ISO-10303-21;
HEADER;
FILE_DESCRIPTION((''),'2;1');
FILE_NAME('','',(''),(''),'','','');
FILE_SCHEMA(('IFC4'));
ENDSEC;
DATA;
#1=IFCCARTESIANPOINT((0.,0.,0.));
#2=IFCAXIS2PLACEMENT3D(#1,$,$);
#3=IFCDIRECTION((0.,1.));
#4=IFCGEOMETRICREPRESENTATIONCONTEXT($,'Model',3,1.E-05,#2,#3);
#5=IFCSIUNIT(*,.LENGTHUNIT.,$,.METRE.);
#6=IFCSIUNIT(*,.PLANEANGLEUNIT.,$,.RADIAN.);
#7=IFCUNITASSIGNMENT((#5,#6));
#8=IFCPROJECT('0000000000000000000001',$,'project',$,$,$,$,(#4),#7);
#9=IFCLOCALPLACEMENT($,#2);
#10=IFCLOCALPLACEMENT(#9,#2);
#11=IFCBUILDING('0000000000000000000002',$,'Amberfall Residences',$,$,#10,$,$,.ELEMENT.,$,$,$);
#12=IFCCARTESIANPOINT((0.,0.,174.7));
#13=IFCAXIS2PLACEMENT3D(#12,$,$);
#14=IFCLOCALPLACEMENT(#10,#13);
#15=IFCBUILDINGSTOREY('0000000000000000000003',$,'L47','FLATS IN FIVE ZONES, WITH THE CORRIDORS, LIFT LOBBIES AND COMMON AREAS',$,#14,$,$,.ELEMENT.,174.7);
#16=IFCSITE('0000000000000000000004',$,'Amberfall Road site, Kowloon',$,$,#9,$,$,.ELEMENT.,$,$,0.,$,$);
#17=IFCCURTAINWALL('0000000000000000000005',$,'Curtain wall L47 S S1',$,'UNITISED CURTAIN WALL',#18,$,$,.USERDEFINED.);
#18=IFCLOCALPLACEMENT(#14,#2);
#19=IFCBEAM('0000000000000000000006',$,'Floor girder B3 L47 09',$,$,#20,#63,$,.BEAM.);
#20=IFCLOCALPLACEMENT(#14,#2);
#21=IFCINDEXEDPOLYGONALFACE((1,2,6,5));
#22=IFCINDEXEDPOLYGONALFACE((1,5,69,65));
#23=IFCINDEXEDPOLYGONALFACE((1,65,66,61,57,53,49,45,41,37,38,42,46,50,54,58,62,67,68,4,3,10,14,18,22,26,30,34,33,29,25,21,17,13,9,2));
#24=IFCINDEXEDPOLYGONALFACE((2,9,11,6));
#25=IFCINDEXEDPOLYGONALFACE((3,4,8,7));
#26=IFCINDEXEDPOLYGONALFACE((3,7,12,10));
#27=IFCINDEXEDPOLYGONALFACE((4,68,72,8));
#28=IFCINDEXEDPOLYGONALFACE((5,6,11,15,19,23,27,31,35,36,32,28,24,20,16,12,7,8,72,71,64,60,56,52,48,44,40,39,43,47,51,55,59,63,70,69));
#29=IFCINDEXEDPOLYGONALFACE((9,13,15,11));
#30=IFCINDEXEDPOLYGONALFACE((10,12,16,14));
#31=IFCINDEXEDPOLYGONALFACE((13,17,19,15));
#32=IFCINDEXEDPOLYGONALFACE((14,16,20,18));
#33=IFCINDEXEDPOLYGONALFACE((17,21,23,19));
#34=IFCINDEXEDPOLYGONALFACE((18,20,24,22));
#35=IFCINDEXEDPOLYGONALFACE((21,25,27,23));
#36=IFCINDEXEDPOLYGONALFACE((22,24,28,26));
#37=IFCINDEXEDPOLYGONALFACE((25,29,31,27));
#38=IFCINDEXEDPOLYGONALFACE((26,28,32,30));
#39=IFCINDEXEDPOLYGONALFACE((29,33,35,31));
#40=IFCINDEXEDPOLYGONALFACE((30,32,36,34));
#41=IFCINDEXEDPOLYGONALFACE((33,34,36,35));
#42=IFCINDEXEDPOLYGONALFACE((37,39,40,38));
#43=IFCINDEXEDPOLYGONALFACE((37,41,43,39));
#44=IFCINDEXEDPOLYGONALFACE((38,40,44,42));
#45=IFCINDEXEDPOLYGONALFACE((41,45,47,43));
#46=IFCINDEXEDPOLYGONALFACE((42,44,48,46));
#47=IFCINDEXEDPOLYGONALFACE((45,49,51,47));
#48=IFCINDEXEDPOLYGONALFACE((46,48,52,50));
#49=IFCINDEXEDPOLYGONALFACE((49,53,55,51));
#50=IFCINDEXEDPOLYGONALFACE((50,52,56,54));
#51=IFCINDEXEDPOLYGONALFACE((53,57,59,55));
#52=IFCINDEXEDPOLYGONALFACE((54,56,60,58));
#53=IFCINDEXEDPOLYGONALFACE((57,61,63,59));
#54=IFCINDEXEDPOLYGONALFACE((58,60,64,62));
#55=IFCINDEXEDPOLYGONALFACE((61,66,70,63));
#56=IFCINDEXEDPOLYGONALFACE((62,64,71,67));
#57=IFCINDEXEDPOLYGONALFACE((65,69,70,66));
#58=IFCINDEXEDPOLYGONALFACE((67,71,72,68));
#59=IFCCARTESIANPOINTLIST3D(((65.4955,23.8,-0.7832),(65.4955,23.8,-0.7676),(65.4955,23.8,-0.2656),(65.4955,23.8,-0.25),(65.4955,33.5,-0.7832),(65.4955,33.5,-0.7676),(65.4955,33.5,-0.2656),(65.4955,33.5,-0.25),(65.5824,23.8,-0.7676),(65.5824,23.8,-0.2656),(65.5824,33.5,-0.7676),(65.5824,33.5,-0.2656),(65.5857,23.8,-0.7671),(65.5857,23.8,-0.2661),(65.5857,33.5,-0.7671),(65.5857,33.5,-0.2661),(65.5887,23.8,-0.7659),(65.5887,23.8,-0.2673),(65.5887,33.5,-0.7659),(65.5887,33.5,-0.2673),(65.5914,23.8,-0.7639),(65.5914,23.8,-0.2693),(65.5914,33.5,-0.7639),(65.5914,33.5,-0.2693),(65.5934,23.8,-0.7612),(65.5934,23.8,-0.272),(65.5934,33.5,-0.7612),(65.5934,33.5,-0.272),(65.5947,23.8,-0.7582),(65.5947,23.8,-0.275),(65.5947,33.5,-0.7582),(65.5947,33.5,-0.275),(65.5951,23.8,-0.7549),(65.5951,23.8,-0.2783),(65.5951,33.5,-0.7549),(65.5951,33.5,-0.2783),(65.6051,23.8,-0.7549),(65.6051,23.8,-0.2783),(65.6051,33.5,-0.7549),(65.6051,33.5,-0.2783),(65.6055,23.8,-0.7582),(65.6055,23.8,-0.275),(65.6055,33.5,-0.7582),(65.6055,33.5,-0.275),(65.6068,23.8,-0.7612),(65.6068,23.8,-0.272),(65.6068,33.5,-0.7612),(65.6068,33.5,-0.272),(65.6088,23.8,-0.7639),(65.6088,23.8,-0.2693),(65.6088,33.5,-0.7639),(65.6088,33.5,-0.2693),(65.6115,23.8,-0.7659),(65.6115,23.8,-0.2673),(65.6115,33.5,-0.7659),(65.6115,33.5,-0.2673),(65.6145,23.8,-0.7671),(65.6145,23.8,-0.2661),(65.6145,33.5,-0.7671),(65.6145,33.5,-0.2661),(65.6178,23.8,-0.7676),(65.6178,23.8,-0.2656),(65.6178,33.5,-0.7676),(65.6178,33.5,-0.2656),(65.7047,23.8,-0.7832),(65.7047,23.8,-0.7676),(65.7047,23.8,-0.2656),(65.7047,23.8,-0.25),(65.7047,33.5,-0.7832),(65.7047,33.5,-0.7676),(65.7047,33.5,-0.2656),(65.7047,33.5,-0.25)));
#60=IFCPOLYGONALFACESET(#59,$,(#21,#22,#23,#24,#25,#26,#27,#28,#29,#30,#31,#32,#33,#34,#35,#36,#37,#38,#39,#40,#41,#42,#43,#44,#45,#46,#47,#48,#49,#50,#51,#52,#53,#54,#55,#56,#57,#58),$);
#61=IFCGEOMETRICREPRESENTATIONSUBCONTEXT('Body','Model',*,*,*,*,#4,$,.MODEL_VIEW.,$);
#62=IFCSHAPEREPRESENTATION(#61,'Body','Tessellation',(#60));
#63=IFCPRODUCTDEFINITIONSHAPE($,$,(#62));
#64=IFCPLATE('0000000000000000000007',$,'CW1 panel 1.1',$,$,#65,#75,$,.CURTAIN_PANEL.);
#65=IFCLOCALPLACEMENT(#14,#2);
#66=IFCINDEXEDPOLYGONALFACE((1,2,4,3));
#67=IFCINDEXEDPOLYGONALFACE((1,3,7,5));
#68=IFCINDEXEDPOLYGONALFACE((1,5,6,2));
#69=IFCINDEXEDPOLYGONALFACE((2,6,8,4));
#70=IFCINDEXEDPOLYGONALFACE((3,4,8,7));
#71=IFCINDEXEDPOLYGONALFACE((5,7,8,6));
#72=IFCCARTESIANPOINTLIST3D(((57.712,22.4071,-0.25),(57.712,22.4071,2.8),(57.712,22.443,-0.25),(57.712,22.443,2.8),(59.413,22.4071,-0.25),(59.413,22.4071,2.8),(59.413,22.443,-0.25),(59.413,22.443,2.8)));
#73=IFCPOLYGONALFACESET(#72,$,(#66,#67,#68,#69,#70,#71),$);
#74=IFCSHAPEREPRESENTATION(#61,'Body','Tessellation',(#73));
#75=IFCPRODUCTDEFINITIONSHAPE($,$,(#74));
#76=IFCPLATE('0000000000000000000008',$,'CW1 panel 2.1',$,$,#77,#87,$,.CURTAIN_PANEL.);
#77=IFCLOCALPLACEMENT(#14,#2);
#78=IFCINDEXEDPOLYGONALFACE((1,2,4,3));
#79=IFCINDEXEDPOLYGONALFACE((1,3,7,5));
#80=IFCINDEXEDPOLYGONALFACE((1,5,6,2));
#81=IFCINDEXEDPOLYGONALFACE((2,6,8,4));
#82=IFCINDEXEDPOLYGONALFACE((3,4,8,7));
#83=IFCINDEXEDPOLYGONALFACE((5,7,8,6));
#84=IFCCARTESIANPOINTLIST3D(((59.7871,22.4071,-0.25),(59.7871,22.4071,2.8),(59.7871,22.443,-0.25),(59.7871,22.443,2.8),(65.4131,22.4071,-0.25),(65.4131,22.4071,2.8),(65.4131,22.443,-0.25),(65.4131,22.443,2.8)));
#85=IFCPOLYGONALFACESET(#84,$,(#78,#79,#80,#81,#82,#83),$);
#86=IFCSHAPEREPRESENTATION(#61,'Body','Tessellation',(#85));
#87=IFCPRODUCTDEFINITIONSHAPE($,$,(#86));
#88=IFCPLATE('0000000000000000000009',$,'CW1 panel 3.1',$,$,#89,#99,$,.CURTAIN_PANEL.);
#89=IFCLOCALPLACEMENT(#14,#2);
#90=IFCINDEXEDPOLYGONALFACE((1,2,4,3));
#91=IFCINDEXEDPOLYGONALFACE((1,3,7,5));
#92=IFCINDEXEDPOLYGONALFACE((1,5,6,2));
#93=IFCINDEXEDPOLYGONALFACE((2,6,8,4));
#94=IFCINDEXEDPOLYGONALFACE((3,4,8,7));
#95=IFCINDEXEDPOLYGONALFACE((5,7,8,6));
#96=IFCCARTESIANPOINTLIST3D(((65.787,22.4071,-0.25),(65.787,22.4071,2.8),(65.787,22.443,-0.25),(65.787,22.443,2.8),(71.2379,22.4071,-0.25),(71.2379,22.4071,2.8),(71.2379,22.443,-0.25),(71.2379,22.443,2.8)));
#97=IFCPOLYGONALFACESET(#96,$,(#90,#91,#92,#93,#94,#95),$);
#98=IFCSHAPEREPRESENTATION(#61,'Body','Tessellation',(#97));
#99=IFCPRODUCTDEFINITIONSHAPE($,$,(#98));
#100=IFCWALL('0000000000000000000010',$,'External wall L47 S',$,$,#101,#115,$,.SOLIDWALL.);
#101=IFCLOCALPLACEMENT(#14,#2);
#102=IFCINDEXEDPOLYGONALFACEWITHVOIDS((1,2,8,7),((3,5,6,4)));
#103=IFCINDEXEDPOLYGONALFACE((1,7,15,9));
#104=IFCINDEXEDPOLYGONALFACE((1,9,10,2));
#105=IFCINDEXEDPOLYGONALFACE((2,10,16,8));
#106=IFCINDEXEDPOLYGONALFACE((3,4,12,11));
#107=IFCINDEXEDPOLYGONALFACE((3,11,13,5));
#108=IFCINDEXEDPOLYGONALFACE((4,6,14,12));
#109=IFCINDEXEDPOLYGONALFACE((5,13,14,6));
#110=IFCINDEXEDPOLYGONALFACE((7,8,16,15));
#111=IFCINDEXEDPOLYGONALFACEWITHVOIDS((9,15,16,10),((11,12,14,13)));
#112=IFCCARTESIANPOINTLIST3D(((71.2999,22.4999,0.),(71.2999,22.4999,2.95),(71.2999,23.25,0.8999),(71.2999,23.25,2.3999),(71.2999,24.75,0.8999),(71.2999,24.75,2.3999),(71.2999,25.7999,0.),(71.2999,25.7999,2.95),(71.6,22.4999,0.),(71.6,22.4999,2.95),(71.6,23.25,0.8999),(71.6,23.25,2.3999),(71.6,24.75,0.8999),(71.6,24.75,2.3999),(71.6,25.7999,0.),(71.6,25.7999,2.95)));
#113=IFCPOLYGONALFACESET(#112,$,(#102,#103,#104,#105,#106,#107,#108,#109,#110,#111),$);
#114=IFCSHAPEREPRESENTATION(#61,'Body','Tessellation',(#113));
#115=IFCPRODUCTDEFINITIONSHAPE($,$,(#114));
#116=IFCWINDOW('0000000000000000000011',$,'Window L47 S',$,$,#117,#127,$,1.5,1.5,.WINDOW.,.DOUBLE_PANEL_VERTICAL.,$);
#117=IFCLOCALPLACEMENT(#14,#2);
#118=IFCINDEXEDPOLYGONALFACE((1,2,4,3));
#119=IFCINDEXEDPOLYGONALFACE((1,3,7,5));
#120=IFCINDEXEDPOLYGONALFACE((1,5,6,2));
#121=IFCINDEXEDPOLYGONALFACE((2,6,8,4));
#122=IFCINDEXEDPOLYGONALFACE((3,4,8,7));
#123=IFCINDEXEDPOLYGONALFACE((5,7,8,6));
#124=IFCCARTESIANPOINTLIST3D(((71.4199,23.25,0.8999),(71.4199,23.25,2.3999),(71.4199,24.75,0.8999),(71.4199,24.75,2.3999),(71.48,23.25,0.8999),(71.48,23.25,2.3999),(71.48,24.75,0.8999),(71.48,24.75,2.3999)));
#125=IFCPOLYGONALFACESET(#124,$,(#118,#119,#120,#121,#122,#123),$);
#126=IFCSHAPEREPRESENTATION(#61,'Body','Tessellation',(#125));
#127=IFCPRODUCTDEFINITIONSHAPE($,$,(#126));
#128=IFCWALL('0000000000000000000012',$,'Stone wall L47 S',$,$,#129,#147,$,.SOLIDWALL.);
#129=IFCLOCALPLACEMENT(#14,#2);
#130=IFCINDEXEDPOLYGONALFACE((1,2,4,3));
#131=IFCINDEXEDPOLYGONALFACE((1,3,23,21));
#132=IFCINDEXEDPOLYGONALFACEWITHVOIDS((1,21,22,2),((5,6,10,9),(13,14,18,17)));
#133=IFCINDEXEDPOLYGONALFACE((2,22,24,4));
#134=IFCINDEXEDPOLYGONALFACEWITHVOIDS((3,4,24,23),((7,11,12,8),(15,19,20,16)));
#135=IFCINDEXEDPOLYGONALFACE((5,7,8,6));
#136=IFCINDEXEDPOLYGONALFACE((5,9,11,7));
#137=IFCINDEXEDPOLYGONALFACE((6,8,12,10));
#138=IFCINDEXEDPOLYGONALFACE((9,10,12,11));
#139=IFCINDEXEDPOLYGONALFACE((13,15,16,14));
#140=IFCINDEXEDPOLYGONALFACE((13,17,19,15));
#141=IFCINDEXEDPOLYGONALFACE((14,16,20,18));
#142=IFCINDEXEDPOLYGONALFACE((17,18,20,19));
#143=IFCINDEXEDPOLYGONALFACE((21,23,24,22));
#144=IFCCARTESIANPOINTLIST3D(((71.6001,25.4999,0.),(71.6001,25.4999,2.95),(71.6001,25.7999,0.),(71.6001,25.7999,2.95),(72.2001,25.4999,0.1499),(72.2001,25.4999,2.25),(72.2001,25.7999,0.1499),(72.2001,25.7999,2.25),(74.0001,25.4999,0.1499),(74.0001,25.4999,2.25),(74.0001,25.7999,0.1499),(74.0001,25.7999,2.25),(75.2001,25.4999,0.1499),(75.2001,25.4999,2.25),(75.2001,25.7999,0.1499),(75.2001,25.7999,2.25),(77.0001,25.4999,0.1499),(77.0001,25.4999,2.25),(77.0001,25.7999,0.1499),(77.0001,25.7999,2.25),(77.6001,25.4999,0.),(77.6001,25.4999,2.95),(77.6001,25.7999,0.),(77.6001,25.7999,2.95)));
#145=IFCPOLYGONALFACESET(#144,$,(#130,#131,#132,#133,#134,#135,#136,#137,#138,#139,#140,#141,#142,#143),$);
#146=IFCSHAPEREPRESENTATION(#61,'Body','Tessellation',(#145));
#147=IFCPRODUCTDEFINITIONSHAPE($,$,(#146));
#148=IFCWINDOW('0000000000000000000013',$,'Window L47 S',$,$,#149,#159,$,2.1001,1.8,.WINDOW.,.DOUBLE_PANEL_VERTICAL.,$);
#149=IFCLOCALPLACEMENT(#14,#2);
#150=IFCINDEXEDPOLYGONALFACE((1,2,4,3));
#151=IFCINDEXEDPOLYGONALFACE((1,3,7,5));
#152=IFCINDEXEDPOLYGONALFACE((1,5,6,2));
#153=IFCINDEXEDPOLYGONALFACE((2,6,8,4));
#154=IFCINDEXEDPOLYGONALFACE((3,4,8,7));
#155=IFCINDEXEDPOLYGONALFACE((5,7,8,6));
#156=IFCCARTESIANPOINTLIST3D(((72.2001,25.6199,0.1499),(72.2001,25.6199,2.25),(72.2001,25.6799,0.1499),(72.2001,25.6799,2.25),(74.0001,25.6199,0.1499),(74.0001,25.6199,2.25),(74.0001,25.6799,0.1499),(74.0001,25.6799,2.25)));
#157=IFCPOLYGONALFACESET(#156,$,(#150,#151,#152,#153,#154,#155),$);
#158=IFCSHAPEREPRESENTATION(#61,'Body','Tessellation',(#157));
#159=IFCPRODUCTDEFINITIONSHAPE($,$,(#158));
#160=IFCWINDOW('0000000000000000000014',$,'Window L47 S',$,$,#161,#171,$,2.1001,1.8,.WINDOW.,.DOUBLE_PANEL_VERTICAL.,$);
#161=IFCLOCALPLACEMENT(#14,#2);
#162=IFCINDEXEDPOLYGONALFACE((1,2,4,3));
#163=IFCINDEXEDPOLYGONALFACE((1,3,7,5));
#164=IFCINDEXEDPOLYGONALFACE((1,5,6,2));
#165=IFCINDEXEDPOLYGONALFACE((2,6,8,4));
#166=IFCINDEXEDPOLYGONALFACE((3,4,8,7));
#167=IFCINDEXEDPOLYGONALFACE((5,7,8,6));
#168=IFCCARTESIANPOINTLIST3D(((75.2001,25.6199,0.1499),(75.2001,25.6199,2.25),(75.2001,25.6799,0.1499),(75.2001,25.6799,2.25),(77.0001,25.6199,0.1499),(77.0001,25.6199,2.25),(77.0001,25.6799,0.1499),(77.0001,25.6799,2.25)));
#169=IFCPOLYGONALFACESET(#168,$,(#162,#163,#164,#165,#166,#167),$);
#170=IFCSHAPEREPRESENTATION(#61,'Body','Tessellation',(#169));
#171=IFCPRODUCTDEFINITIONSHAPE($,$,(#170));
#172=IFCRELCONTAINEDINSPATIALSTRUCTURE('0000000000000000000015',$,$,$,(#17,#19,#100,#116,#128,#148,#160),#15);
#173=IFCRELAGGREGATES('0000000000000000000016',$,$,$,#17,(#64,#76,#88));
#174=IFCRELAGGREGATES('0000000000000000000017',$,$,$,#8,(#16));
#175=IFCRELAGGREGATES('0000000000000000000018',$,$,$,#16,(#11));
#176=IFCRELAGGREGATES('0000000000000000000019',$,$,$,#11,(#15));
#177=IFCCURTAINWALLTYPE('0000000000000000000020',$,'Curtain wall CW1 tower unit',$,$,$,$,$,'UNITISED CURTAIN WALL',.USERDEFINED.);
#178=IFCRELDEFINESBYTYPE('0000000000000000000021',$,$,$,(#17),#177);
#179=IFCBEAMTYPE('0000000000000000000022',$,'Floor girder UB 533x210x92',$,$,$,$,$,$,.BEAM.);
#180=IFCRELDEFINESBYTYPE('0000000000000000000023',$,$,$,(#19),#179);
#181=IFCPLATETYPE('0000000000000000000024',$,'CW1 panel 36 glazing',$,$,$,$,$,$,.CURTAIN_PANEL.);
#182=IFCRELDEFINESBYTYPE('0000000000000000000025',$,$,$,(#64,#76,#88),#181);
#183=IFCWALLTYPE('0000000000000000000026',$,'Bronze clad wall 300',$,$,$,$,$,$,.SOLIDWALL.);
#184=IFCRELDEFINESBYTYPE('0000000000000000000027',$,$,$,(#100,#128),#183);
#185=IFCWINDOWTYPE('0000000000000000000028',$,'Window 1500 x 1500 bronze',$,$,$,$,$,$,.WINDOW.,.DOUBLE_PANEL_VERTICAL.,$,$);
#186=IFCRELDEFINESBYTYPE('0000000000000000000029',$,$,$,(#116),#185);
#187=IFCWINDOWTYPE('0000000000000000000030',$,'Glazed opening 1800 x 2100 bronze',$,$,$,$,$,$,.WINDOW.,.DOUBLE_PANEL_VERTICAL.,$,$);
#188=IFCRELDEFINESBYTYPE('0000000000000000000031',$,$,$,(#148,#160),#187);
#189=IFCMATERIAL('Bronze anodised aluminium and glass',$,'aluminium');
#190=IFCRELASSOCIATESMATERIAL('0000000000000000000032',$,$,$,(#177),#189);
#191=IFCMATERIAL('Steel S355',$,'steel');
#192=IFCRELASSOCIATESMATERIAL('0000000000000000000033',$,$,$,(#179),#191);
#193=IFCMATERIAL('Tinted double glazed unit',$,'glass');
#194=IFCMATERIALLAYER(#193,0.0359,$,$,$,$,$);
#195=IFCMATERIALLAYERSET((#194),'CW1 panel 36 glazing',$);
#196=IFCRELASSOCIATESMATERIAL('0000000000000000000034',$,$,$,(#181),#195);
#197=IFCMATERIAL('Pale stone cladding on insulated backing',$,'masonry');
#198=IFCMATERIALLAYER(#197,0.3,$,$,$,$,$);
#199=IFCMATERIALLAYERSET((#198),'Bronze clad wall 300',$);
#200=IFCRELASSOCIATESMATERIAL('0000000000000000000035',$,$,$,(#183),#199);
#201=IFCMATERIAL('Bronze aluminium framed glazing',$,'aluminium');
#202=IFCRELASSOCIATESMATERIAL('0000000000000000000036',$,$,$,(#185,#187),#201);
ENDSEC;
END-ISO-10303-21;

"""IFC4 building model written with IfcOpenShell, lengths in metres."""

from ifc_helpers import new_model, si_unit, direction, frame, frame_2d, origin, origin_2d, place, context, subcontext, project, spatial, rectangle, i_section, extrude, material, layer, layer_set, material_profile, profile_set, type_object, element, fill, aggregate, save


model = new_model("IFC4")

# Units and contexts
model_context = context("Model", 3, precision=1e-05, world=origin(), true_north=direction((0.0, 1.0)))
body_context = subcontext(model_context, "Body", "Model", "MODEL_VIEW")
ifc_project = project(units=[si_unit("LENGTHUNIT", "METRE"), si_unit("PLANEANGLEUNIT", "RADIAN")], contexts=[model_context])

# Site, building, storey
site_placement = place(None, origin())
site = spatial("IfcSite", under=ifc_project, at=site_placement, Name="Amberfall Road site, Kowloon", CompositionType="ELEMENT", RefElevation=0.0)
building_placement = place(site_placement, origin())
building = spatial("IfcBuilding", under=site, at=building_placement, Name="Amberfall Residences", CompositionType="ELEMENT")
storey_placement = place(building_placement, frame((0.0, 0.0, 174.7)))
storey = spatial("IfcBuildingStorey", under=building, at=storey_placement, Name="L47", Description="FLATS IN FIVE ZONES, WITH THE CORRIDORS, LIFT LOBBIES AND COMMON AREAS", CompositionType="ELEMENT", Elevation=174.7)

# Curtain wall
ifc_material_1 = material(Name="Bronze anodised aluminium and glass", Category="aluminium")
curtain_wall_type = type_object("IfcCurtainWallType", Name="Curtain wall CW1 tower unit", ElementType="UNITISED CURTAIN WALL", PredefinedType="USERDEFINED", material=ifc_material_1)
curtain_wall_placement = place(storey_placement, origin())
curtain_wall = element("IfcCurtainWall", 1, at=curtain_wall_placement, inside=storey, type_object=curtain_wall_type, Name="Curtain wall L47 S S1", ObjectType="UNITISED CURTAIN WALL", PredefinedType="USERDEFINED")

# Shared definitions
ifc_material_2 = material(Name="Steel S355", Category="steel")

# Beam
ifc_material_profile_1 = material_profile(ifc_material_2, i_section(OverallWidth=0.2092, OverallDepth=0.5332, WebThickness=0.01, FlangeThickness=0.0156, FilletRadius=0.0127, at=origin_2d()), Name="UB 533x210x92")
ifc_profile_set_1 = profile_set([ifc_material_profile_1], Name="Steel S355")
beam_type_1 = type_object("IfcBeamType", Name="Floor girder UB 533x210x92", PredefinedType="BEAM", material=ifc_profile_set_1)
beam_1_placement = place(storey_placement, frame((65.6001, 23.8, -0.5166), z_axis=(0.0, 1.0, 0.0), x_axis=(-1.0, 0.0, 0.0)))
element("IfcBeam", 2, at=beam_1_placement, inside=storey, type_object=beam_type_1, Name="Floor girder B3 L47 09", PredefinedType="BEAM", context=body_context, shape_type="SweptSolid", body=[
    extrude(i_section(OverallWidth=0.2092, OverallDepth=0.5332, WebThickness=0.01, FlangeThickness=0.0156, FilletRadius=0.0127, at=origin_2d()), origin(), (0.0, 0.0, 1.0), 9.7),
])

# Plates
ifc_material_3 = material(Name="Tinted double glazed unit", Category="glass")
ifc_layer_1 = layer(ifc_material_3, 0.0359)
ifc_layer_set_1 = layer_set([ifc_layer_1], Name="CW1 panel 36 glazing")
plate_type = type_object("IfcPlateType", Name="CW1 panel 36 glazing", PredefinedType="CURTAIN_PANEL", material=ifc_layer_set_1)
plate_1_placement = place(storey_placement, frame((58.5625, 22.425, -0.25), z_axis=(0.0, 0.0, 1.0), x_axis=(1.0, 0.0, 0.0)))
plate_1 = element("IfcPlate", 3, at=plate_1_placement, type_object=plate_type, Name="CW1 panel 1.1", PredefinedType="CURTAIN_PANEL", context=body_context, shape_type="SweptSolid", body=[
    extrude(rectangle(XDim=1.7009, YDim=0.0359, at=origin_2d()), origin(), (0.0, 0.0, 1.0), 3.05),
])
plate_2_placement = place(storey_placement, frame((62.6001, 22.425, -0.25), z_axis=(0.0, 0.0, 1.0), x_axis=(1.0, 0.0, 0.0)))
plate_2 = element("IfcPlate", 4, at=plate_2_placement, type_object=plate_type, Name="CW1 panel 2.1", PredefinedType="CURTAIN_PANEL", context=body_context, shape_type="SweptSolid", body=[
    extrude(rectangle(XDim=5.626, YDim=0.0359, at=origin_2d()), origin(), (0.0, 0.0, 1.0), 3.05),
])
plate_3_placement = place(storey_placement, frame((68.5125, 22.425, -0.25), z_axis=(0.0, 0.0, 1.0), x_axis=(1.0, 0.0, 0.0)))
plate_3 = element("IfcPlate", 5, at=plate_3_placement, type_object=plate_type, Name="CW1 panel 3.1", PredefinedType="CURTAIN_PANEL", context=body_context, shape_type="SweptSolid", body=[
    extrude(rectangle(XDim=5.4509, YDim=0.0359, at=origin_2d()), origin(), (0.0, 0.0, 1.0), 3.05),
])
aggregate(curtain_wall, [plate_1, plate_2, plate_3])

# Wall, opening, window
ifc_material_4 = material(Name="Pale stone cladding on insulated backing", Category="masonry")
ifc_layer_2 = layer(ifc_material_4, 0.3)
ifc_layer_set_2 = layer_set([ifc_layer_2], Name="Bronze clad wall 300")
wall_type_1 = type_object("IfcWallType", Name="Bronze clad wall 300", PredefinedType="SOLIDWALL", material=ifc_layer_set_2)
wall_1_placement = place(storey_placement, frame((71.45, 22.5, 0.0), z_axis=(0.0, 0.0, 1.0), x_axis=(0.0, 1.0, 0.0)))
wall_1 = element("IfcWall", 6, at=wall_1_placement, inside=storey, type_object=wall_type_1, Name="External wall L47 S", PredefinedType="SOLIDWALL", context=body_context, shape_type="SweptSolid", body=[
    extrude(rectangle(XDim=3.3, YDim=0.3, at=frame_2d((1.6499, 0.0))), origin(), (0.0, 0.0, 1.0), 2.95),
])
opening_1_placement = place(wall_1_placement, frame((0.75, 0.0, 0.8999)))
opening_1 = element("IfcOpeningElement", 7, at=opening_1_placement, cuts=wall_1, PredefinedType="OPENING", context=body_context, shape_type="SweptSolid", body=[
    extrude(rectangle(XDim=1.5, YDim=1.5, at=frame_2d((0.75, 0.75))), frame((0.0, 0.1599, 0.0), z_axis=(0.0, -1.0, 0.0), x_axis=(1.0, 0.0, 0.0)), (0.0, 0.0, 1.0), 0.3201),
])
ifc_material_5 = material(Name="Bronze aluminium framed glazing", Category="aluminium")
window_type_1 = type_object("IfcWindowType", Name="Window 1500 x 1500 bronze", PartitioningType="DOUBLE_PANEL_VERTICAL", PredefinedType="WINDOW", material=ifc_material_5)
window_1_placement = place(opening_1_placement, origin())
window_1 = element("IfcWindow", 8, at=window_1_placement, inside=storey, type_object=window_type_1, Name="Window L47 S", OverallHeight=1.5, OverallWidth=1.5, PartitioningType="DOUBLE_PANEL_VERTICAL", PredefinedType="WINDOW", context=body_context, shape_type="SweptSolid", body=[
    extrude(rectangle(XDim=1.5, YDim=1.5, at=frame_2d((0.75, 0.75))), frame((0.0, 0.03, 0.0), z_axis=(0.0, -1.0, 0.0), x_axis=(1.0, 0.0, 0.0)), (0.0, 0.0, 1.0), 0.0601),
])
fill(opening_1, window_1)

# Wall, openings, windows
wall_2_placement = place(storey_placement, frame((71.6001, 25.6499, 0.0), z_axis=(0.0, 0.0, 1.0), x_axis=(1.0, 0.0, 0.0)))
wall_2 = element("IfcWall", 9, at=wall_2_placement, inside=storey, type_object=wall_type_1, Name="Stone wall L47 S", PredefinedType="SOLIDWALL", context=body_context, shape_type="SweptSolid", body=[
    extrude(rectangle(XDim=6.0, YDim=0.3, at=frame_2d((3.0, 0.0))), origin(), (0.0, 0.0, 1.0), 2.95),
])
opening_2_placement = place(wall_2_placement, frame((0.6001, 0.0, 0.1499)))
opening_2 = element("IfcOpeningElement", 10, at=opening_2_placement, cuts=wall_2, PredefinedType="OPENING", context=body_context, shape_type="SweptSolid", body=[
    extrude(rectangle(XDim=1.8, YDim=2.1001, at=frame_2d((0.8999, 1.05))), frame((0.0, 0.1599, 0.0), z_axis=(0.0, -1.0, 0.0), x_axis=(1.0, 0.0, 0.0)), (0.0, 0.0, 1.0), 0.3201),
])
opening_3_placement = place(wall_2_placement, frame((3.6001, 0.0, 0.1499)))
opening_3 = element("IfcOpeningElement", 11, at=opening_3_placement, cuts=wall_2, PredefinedType="OPENING", context=body_context, shape_type="SweptSolid", body=[
    extrude(rectangle(XDim=1.8, YDim=2.1001, at=frame_2d((0.8999, 1.05))), frame((0.0, 0.1599, 0.0), z_axis=(0.0, -1.0, 0.0), x_axis=(1.0, 0.0, 0.0)), (0.0, 0.0, 1.0), 0.3201),
])
window_type_2 = type_object("IfcWindowType", Name="Glazed opening 1800 x 2100 bronze", PartitioningType="DOUBLE_PANEL_VERTICAL", PredefinedType="WINDOW", material=ifc_material_5)
window_2_placement = place(opening_2_placement, origin())
window_2 = element("IfcWindow", 12, at=window_2_placement, inside=storey, type_object=window_type_2, Name="Window L47 S", OverallHeight=2.1001, OverallWidth=1.8, PartitioningType="DOUBLE_PANEL_VERTICAL", PredefinedType="WINDOW", context=body_context, shape_type="SweptSolid", body=[
    extrude(rectangle(XDim=1.8, YDim=2.1001, at=frame_2d((0.8999, 1.05))), frame((0.0, 0.03, 0.0), z_axis=(0.0, -1.0, 0.0), x_axis=(1.0, 0.0, 0.0)), (0.0, 0.0, 1.0), 0.0601),
])
fill(opening_2, window_2)
window_3_placement = place(opening_3_placement, origin())
window_3 = element("IfcWindow", 13, at=window_3_placement, inside=storey, type_object=window_type_2, Name="Window L47 S", OverallHeight=2.1001, OverallWidth=1.8, PartitioningType="DOUBLE_PANEL_VERTICAL", PredefinedType="WINDOW", context=body_context, shape_type="SweptSolid", body=[
    extrude(rectangle(XDim=1.8, YDim=2.1001, at=frame_2d((0.8999, 1.05))), frame((0.0, 0.03, 0.0), z_axis=(0.0, -1.0, 0.0), x_axis=(1.0, 0.0, 0.0)), (0.0, 0.0, 1.0), 0.0601),
])
fill(opening_3, window_3)

save(model, "model.ifc")
